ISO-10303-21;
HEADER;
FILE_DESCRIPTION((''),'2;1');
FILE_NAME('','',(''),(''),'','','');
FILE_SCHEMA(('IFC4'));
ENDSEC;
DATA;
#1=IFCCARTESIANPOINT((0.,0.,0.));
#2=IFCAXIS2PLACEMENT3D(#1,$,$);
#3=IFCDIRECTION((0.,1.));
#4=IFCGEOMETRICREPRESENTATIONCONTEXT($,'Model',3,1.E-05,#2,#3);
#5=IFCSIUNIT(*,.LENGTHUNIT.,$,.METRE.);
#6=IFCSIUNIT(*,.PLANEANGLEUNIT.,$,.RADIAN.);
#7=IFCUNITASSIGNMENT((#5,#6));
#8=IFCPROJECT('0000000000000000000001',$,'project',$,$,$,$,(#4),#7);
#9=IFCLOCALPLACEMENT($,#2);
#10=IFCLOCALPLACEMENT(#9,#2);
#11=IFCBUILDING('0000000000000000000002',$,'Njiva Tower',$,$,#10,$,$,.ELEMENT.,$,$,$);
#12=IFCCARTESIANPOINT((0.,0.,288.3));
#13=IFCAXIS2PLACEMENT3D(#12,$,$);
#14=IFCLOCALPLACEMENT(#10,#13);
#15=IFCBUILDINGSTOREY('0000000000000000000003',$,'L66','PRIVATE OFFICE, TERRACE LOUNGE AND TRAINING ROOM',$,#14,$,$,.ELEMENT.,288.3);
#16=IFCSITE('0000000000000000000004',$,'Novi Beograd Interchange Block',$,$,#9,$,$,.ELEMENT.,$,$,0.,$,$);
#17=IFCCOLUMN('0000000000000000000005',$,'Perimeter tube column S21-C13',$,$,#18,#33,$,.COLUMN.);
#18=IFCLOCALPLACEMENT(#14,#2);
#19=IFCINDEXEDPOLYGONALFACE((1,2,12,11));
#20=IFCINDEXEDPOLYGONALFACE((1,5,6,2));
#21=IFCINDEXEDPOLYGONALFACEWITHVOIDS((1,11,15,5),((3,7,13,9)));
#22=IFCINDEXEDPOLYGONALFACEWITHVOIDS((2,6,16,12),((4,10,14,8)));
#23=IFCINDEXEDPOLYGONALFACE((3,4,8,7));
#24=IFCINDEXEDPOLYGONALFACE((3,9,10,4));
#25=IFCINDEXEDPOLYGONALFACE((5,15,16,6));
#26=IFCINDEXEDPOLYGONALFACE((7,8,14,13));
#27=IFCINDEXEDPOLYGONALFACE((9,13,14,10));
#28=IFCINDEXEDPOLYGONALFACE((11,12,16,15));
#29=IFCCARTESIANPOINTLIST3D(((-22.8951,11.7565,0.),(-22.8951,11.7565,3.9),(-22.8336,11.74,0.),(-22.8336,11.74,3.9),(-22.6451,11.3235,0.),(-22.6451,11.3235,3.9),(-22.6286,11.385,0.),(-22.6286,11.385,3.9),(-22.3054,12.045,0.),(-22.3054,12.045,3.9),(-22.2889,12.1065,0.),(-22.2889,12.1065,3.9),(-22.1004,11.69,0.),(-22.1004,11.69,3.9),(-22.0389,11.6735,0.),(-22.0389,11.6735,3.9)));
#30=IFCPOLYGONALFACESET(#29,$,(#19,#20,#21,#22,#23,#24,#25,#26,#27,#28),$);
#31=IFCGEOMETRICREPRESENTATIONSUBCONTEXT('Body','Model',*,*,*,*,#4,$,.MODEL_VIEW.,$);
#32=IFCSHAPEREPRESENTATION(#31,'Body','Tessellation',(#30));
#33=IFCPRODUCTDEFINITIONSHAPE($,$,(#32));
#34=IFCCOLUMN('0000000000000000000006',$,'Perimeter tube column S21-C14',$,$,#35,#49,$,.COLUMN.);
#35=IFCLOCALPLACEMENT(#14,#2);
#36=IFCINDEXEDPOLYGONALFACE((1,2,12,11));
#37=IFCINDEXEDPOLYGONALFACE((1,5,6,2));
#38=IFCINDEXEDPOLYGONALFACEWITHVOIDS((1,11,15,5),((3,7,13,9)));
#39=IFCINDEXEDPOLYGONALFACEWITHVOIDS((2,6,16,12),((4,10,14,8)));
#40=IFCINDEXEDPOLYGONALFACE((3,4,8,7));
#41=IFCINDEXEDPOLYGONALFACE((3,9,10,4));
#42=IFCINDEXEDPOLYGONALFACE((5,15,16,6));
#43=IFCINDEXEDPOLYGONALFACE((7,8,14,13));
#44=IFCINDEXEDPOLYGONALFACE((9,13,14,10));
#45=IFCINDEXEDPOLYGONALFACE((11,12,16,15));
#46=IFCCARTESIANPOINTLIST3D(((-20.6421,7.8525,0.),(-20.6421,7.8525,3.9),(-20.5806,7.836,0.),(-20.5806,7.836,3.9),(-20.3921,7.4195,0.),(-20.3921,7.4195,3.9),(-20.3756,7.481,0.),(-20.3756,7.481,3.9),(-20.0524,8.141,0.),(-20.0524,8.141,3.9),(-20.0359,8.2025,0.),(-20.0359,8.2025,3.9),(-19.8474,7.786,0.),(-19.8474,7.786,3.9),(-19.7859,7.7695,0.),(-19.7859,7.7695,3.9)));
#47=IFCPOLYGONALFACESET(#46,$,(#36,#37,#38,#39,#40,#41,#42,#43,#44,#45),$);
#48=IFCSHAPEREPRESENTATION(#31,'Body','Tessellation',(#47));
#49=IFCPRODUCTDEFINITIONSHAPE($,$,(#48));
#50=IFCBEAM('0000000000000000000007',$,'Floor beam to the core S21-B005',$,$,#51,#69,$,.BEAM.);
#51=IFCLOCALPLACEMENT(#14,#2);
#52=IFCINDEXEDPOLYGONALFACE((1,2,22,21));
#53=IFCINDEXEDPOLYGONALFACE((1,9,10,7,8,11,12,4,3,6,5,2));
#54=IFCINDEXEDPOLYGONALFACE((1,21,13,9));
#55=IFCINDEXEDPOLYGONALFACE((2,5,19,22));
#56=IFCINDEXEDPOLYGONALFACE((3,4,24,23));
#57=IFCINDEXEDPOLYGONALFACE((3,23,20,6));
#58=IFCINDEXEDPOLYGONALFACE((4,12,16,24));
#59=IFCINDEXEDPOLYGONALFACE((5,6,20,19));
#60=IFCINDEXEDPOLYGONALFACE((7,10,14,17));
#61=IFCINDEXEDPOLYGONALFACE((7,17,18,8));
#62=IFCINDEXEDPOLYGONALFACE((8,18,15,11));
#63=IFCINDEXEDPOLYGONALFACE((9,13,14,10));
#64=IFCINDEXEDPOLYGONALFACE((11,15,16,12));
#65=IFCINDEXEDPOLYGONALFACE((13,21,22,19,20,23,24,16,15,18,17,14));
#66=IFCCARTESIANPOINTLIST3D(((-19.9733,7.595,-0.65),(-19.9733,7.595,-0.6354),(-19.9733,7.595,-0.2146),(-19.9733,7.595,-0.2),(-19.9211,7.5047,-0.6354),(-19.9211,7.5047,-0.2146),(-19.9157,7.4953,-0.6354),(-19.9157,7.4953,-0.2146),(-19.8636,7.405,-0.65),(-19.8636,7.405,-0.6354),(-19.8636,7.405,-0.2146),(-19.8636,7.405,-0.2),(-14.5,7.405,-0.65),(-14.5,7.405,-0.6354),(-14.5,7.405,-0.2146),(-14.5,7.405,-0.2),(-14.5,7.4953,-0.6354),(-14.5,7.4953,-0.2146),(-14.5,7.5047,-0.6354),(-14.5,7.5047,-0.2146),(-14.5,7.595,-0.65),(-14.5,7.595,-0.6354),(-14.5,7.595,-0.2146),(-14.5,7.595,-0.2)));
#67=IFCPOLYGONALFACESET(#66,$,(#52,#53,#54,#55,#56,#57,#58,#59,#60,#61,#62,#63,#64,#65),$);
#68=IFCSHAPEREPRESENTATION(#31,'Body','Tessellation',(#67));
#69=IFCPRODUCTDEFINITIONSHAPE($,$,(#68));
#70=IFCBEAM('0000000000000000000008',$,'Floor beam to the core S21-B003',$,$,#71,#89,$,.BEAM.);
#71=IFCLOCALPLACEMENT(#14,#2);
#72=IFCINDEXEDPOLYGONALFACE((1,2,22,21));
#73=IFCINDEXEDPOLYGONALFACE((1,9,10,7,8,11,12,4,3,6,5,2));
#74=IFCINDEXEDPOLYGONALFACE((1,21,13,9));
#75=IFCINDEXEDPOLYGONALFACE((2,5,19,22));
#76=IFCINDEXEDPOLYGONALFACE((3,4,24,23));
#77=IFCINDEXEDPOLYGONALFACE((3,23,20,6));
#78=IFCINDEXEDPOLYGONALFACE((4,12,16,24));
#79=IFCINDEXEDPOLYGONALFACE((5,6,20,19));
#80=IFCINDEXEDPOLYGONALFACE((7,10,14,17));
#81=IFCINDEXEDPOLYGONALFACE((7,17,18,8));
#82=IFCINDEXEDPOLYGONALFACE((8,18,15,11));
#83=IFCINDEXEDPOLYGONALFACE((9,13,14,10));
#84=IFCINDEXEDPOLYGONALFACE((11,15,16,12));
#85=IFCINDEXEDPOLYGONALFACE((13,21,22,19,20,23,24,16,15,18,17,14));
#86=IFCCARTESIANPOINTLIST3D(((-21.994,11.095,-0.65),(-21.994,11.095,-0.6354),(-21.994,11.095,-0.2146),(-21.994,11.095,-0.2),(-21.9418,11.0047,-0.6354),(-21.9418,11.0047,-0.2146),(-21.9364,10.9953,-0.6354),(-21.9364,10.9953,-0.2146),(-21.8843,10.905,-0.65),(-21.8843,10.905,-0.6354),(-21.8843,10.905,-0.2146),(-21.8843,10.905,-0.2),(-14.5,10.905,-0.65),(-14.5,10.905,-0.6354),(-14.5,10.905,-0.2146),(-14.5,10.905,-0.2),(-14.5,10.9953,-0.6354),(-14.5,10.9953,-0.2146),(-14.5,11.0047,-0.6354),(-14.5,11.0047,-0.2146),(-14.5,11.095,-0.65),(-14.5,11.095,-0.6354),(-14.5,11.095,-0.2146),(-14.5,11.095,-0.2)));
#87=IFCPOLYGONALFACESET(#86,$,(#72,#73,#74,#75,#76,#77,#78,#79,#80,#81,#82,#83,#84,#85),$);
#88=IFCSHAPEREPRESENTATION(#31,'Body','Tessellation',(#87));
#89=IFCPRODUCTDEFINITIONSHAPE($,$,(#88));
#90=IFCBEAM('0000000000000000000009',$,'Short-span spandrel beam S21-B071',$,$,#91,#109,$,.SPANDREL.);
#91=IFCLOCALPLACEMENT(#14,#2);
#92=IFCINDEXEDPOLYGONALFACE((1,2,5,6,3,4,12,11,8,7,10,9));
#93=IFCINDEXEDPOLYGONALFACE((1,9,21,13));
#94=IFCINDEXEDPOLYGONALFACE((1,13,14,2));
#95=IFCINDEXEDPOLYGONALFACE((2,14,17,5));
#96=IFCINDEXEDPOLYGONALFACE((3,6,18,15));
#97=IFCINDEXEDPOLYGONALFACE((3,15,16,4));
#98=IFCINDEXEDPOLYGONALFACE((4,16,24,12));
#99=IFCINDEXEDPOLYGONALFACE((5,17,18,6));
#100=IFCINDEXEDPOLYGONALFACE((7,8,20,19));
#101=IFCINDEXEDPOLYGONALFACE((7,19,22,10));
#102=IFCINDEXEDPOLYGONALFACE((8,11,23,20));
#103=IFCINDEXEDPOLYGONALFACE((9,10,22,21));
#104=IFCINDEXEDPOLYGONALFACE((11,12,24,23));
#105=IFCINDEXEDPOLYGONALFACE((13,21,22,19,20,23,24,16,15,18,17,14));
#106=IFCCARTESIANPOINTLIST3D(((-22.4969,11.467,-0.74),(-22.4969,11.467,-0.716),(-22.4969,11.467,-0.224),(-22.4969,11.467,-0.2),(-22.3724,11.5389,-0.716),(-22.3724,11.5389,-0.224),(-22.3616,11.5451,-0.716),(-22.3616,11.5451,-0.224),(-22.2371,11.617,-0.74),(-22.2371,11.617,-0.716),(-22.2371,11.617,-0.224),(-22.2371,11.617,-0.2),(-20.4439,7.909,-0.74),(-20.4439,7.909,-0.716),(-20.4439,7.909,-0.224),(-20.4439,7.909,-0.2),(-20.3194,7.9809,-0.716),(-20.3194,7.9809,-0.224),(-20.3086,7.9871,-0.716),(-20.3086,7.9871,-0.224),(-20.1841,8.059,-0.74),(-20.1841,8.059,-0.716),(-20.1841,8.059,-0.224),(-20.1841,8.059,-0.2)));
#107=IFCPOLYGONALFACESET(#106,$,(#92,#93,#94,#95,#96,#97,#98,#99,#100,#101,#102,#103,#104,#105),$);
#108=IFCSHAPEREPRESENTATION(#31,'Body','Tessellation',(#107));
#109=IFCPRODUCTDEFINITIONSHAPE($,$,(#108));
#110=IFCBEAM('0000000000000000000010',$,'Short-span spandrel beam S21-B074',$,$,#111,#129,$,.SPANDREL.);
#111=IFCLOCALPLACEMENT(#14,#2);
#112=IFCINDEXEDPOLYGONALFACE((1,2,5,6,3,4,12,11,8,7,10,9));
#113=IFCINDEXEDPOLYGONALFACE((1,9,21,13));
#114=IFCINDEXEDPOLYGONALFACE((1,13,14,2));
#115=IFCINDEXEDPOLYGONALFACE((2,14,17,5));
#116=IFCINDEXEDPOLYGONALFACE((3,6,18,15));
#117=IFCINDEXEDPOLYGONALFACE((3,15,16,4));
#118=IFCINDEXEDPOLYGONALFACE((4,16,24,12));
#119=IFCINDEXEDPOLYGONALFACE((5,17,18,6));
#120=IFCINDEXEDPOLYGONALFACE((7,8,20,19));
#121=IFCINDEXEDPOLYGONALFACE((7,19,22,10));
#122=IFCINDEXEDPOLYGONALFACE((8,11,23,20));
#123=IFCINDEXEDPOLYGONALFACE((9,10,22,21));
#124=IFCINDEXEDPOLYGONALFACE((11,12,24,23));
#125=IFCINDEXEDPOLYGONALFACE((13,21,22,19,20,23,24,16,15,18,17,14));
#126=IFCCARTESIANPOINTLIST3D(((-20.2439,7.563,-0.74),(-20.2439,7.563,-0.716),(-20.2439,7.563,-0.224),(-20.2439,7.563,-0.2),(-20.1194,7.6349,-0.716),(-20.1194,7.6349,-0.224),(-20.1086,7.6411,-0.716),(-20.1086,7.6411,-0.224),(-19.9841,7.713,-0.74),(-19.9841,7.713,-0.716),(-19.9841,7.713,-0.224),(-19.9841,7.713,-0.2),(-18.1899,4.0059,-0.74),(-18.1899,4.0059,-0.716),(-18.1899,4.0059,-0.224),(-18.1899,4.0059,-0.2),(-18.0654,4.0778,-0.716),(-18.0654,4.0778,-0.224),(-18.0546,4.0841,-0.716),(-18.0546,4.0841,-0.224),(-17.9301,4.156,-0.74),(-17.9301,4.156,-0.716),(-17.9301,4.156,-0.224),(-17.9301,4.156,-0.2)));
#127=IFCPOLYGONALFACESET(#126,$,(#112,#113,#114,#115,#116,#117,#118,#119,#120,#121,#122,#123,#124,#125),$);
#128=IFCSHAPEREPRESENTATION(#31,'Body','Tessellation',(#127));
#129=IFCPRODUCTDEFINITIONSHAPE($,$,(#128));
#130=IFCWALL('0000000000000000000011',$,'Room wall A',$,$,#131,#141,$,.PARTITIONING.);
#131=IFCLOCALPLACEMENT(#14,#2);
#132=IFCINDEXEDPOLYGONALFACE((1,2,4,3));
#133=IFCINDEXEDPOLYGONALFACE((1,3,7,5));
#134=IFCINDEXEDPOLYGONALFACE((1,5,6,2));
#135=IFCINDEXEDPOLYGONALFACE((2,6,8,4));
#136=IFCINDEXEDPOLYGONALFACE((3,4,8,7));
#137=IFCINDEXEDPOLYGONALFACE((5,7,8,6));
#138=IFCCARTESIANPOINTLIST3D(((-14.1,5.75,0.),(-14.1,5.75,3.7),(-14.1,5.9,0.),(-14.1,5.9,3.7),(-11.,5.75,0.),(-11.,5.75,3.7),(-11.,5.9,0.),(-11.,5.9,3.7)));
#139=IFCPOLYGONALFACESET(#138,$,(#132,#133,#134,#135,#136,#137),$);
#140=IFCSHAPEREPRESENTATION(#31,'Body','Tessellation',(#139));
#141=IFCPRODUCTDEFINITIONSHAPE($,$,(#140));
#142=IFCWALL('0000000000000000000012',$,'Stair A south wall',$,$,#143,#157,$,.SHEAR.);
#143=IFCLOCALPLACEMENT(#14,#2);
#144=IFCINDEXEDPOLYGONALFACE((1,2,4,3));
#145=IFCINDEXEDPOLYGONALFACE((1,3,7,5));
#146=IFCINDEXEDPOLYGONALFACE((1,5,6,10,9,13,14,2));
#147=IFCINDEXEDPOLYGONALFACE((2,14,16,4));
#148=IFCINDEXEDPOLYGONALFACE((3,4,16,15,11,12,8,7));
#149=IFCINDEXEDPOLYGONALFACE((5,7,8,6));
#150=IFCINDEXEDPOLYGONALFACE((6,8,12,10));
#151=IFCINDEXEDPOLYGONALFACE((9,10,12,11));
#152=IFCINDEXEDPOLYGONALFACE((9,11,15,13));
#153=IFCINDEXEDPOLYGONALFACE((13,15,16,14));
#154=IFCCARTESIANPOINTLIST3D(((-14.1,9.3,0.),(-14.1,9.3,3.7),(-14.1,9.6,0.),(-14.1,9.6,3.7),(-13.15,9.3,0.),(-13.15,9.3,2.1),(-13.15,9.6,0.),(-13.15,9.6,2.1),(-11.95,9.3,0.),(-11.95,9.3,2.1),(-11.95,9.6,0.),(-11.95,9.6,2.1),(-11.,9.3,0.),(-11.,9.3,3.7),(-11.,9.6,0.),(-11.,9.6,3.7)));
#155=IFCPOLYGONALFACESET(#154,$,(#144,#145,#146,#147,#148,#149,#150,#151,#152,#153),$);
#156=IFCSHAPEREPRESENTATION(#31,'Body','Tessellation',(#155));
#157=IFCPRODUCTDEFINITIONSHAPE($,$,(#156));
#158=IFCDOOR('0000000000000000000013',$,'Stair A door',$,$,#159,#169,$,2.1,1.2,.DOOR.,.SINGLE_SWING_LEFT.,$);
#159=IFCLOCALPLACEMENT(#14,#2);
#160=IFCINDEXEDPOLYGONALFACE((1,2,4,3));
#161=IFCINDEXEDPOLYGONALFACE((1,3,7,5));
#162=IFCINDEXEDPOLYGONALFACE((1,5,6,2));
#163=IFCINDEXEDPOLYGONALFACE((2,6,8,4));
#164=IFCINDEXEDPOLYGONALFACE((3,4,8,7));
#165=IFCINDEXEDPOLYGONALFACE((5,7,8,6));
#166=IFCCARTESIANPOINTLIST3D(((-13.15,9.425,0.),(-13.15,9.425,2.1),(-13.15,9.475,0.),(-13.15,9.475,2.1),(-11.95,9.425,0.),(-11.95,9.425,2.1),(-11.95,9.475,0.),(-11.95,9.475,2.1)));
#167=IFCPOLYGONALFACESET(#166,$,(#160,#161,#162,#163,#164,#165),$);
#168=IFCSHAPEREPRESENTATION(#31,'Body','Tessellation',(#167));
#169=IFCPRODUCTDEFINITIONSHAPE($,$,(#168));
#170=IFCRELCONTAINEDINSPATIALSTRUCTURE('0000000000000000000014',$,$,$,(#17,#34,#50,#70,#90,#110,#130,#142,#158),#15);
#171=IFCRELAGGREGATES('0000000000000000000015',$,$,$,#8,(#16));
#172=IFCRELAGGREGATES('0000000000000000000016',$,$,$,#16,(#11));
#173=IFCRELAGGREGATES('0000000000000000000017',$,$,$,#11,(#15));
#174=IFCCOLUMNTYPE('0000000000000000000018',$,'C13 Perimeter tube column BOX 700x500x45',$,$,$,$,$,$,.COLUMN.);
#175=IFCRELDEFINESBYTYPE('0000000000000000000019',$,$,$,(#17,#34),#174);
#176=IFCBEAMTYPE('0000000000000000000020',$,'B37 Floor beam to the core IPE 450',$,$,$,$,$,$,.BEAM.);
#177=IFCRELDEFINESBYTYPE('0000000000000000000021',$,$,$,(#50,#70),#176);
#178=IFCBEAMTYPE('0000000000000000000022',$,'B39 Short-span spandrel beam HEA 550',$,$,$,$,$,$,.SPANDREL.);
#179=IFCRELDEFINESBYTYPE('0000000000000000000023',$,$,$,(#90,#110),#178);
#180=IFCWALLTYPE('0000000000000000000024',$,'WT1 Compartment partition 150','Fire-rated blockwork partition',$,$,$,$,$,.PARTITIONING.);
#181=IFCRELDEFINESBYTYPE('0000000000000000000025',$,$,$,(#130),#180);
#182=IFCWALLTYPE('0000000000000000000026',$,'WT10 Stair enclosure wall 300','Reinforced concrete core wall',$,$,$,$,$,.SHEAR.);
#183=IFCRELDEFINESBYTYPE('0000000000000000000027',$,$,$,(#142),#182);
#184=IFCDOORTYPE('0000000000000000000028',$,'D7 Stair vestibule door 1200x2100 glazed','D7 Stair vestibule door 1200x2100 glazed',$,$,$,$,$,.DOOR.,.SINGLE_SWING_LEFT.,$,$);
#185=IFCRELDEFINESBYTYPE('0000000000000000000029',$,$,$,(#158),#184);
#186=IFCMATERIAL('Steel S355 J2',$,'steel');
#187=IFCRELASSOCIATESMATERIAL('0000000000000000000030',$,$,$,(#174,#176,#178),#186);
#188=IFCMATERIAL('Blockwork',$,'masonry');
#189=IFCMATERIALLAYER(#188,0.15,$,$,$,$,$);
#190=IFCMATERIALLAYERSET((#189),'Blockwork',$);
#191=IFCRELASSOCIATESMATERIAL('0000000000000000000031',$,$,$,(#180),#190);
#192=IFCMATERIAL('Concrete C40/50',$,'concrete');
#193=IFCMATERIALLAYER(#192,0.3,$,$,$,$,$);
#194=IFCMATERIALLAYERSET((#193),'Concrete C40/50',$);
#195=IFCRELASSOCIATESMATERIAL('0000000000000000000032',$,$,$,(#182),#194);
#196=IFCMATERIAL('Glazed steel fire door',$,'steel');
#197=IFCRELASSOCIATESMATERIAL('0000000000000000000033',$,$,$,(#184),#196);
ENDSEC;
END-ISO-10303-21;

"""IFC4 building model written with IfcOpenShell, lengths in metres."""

from ifc_helpers import new_model, si_unit, direction, frame, frame_2d, origin, origin_2d, place, context, subcontext, project, spatial, rectangle, hollow_rectangle, i_section, extrude, clip, halfspace, material, layer, layer_set, material_profile, profile_set, type_object, element, fill, save


model = new_model("IFC4")

# Units and contexts
model_context = context("Model", 3, precision=1e-05, world=origin(), true_north=direction((0.0, 1.0)))
body_context = subcontext(model_context, "Body", "Model", "MODEL_VIEW")
ifc_project = project(units=[si_unit("LENGTHUNIT", "METRE"), si_unit("PLANEANGLEUNIT", "RADIAN")], contexts=[model_context])

# Site, building, storey
site_placement = place(None, origin())
site = spatial("IfcSite", under=ifc_project, at=site_placement, Name="Novi Beograd Interchange Block", CompositionType="ELEMENT", RefElevation=0.0)
building_placement = place(site_placement, origin())
building = spatial("IfcBuilding", under=site, at=building_placement, Name="Njiva Tower", CompositionType="ELEMENT")
storey_placement = place(building_placement, frame((0.0, 0.0, 288.3)))
storey = spatial("IfcBuildingStorey", under=building, at=storey_placement, Name="L66", Description="PRIVATE OFFICE, TERRACE LOUNGE AND TRAINING ROOM", CompositionType="ELEMENT", Elevation=288.3)

# Columns
ifc_material_1 = material(Name="Steel S355 J2", Category="steel")
ifc_material_profile_1 = material_profile(ifc_material_1, hollow_rectangle(XDim=0.5, YDim=0.7, WallThickness=0.045, at=origin_2d()), Name="BOX 700x500x45")
ifc_profile_set_1 = profile_set([ifc_material_profile_1], Name="Steel S355 J2")
column_type = type_object("IfcColumnType", Name="C13 Perimeter tube column BOX 700x500x45", PredefinedType="COLUMN", material=ifc_profile_set_1)
for number, where, z_axis, x_axis, name in (
    (1, (-22.467, 11.715, 0.0), (0.0, 0.0, 1.0), (0.5, -0.866025, 0.0), "Perimeter tube column S21-C13"),
    (2, (-20.214, 7.811, 0.0), (0.0, 0.0, 1.0), (0.5, -0.866025, 0.0), "Perimeter tube column S21-C14"),
):
    element("IfcColumn", number, at=place(storey_placement, frame(where, z_axis=z_axis, x_axis=x_axis)), inside=storey, type_object=column_type, Name=name, PredefinedType="COLUMN", context=body_context, shape_type="SweptSolid", body=[
        extrude(hollow_rectangle(XDim=0.5, YDim=0.7, WallThickness=0.045, at=origin_2d()), origin(), (0.0, 0.0, 1.0), 3.9),
    ])

# Beams
ifc_material_profile_2 = material_profile(ifc_material_1, i_section(OverallWidth=0.19, OverallDepth=0.45, WebThickness=0.0094, FlangeThickness=0.0146, at=origin_2d()), Name="IPE 450")
ifc_profile_set_2 = profile_set([ifc_material_profile_2], Name="Steel S355 J2")
beam_type_1 = type_object("IfcBeamType", Name="B37 Floor beam to the core IPE 450", PredefinedType="BEAM", material=ifc_profile_set_2)
beam_1_placement = place(storey_placement, frame((-19.993, 7.5, -0.425), z_axis=(1.0, 0.0, 0.0), x_axis=(0.0, 1.0, 0.0)))
element("IfcBeam", 3, at=beam_1_placement, inside=storey, type_object=beam_type_1, Name="Floor beam to the core S21-B005", PredefinedType="BEAM", context=body_context, shape_type="Clipping", body=[
    clip(extrude(i_section(OverallWidth=0.19, OverallDepth=0.45, WebThickness=0.0094, FlangeThickness=0.0146, at=origin_2d()), origin(), (0.0, 0.0, 1.0), 5.493), halfspace(frame((-0.025, 0.0, 0.089), z_axis=(-0.499998, 0.0, -0.866027), x_axis=(0.0, -1.0, 0.0)), False)),
])
beam_2_placement = place(storey_placement, frame((-22.014, 11.0, -0.425), z_axis=(1.0, 0.0, 0.0), x_axis=(0.0, 1.0, 0.0)))
element("IfcBeam", 4, at=beam_2_placement, inside=storey, type_object=beam_type_1, Name="Floor beam to the core S21-B003", PredefinedType="BEAM", context=body_context, shape_type="Clipping", body=[
    clip(extrude(i_section(OverallWidth=0.19, OverallDepth=0.45, WebThickness=0.0094, FlangeThickness=0.0146, at=origin_2d()), origin(), (0.0, 0.0, 1.0), 7.514), halfspace(frame((-0.025, 0.0, 0.0893), z_axis=(-0.499998, 0.0, -0.866027), x_axis=(0.0, -1.0, 0.0)), False)),
])
ifc_material_profile_3 = material_profile(ifc_material_1, i_section(OverallWidth=0.3, OverallDepth=0.54, WebThickness=0.0125, FlangeThickness=0.024, at=origin_2d()), Name="HEA 550")
ifc_profile_set_3 = profile_set([ifc_material_profile_3], Name="Steel S355 J2")
beam_type_2 = type_object("IfcBeamType", Name="B39 Short-span spandrel beam HEA 550", PredefinedType="SPANDREL", material=ifc_profile_set_3)
beam_3_placement = place(storey_placement, frame((-22.367, 11.542, -0.47), z_axis=(0.499779, -0.866153, 0.0), x_axis=(0.866153, 0.499779, 0.0)))
element("IfcBeam", 5, at=beam_3_placement, inside=storey, type_object=beam_type_2, Name="Short-span spandrel beam S21-B071", PredefinedType="SPANDREL", context=body_context, shape_type="SweptSolid", body=[
    extrude(i_section(OverallWidth=0.3, OverallDepth=0.54, WebThickness=0.0125, FlangeThickness=0.024, at=origin_2d()), origin(), (0.0, 0.0, 1.0), 4.1078),
])
beam_4_placement = place(storey_placement, frame((-20.114, 7.638, -0.47), z_axis=(0.500067, -0.865987, 0.0), x_axis=(0.865987, 0.500067, 0.0)))
element("IfcBeam", 6, at=beam_4_placement, inside=storey, type_object=beam_type_2, Name="Short-span spandrel beam S21-B074", PredefinedType="SPANDREL", context=body_context, shape_type="SweptSolid", body=[
    extrude(i_section(OverallWidth=0.3, OverallDepth=0.54, WebThickness=0.0125, FlangeThickness=0.024, at=origin_2d()), origin(), (0.0, 0.0, 1.0), 4.1075),
])

# Wall
ifc_material_2 = material(Name="Blockwork", Category="masonry")
ifc_layer_1 = layer(ifc_material_2, 0.15)
ifc_layer_set_1 = layer_set([ifc_layer_1], Name="Blockwork")
wall_type_1 = type_object("IfcWallType", Name="WT1 Compartment partition 150", Description="Fire-rated blockwork partition", PredefinedType="PARTITIONING", material=ifc_layer_set_1)
wall_1_placement = place(storey_placement, frame((-14.1, 5.825, 0.0), z_axis=(0.0, 0.0, 1.0), x_axis=(1.0, 0.0, 0.0)))
element("IfcWall", 7, at=wall_1_placement, inside=storey, type_object=wall_type_1, Name="Room wall A", PredefinedType="PARTITIONING", context=body_context, shape_type="SweptSolid", body=[
    extrude(rectangle(XDim=3.1, YDim=0.15, at=frame_2d((1.55, 0.0))), origin(), (0.0, 0.0, 1.0), 3.7),
])

# Wall, opening, door
ifc_material_3 = material(Name="Concrete C40/50", Category="concrete")
ifc_layer_2 = layer(ifc_material_3, 0.3)
ifc_layer_set_2 = layer_set([ifc_layer_2], Name="Concrete C40/50")
wall_type_2 = type_object("IfcWallType", Name="WT10 Stair enclosure wall 300", Description="Reinforced concrete core wall", PredefinedType="SHEAR", material=ifc_layer_set_2)
wall_2_placement = place(storey_placement, frame((-14.1, 9.45, 0.0), z_axis=(0.0, 0.0, 1.0), x_axis=(1.0, 0.0, 0.0)))
wall_2 = element("IfcWall", 8, at=wall_2_placement, inside=storey, type_object=wall_type_2, Name="Stair A south wall", PredefinedType="SHEAR", context=body_context, shape_type="SweptSolid", body=[
    extrude(rectangle(XDim=3.1, YDim=0.3, at=frame_2d((1.55, 0.0))), origin(), (0.0, 0.0, 1.0), 3.7),
])
opening_1_placement = place(wall_2_placement, frame((0.95, 0.0, 0.0)))
opening_1 = element("IfcOpeningElement", 9, at=opening_1_placement, cuts=wall_2, PredefinedType="OPENING", context=body_context, shape_type="SweptSolid", body=[
    extrude(rectangle(XDim=1.2, YDim=2.1, at=frame_2d((0.6, 1.05))), frame((0.0, 0.16, 0.0), z_axis=(0.0, -1.0, 0.0), x_axis=(1.0, 0.0, 0.0)), (0.0, 0.0, 1.0), 0.32),
])
ifc_material_4 = material(Name="Glazed steel fire door", Category="steel")
door_type_1 = type_object("IfcDoorType", Name="D7 Stair vestibule door 1200x2100 glazed", Description="D7 Stair vestibule door 1200x2100 glazed", OperationType="SINGLE_SWING_LEFT", PredefinedType="DOOR", material=ifc_material_4)
door_1_placement = place(opening_1_placement, origin())
door_1 = element("IfcDoor", 10, at=door_1_placement, inside=storey, type_object=door_type_1, Name="Stair A door", OperationType="SINGLE_SWING_LEFT", OverallHeight=2.1, OverallWidth=1.2, PredefinedType="DOOR", context=body_context, shape_type="SweptSolid", body=[
    extrude(rectangle(XDim=1.2, YDim=2.1, at=frame_2d((0.6, 1.05))), frame((0.0, 0.025, 0.0), z_axis=(0.0, -1.0, 0.0), x_axis=(1.0, 0.0, 0.0)), (0.0, 0.0, 1.0), 0.05),
])
fill(opening_1, door_1)

save(model, "model.ifc")
